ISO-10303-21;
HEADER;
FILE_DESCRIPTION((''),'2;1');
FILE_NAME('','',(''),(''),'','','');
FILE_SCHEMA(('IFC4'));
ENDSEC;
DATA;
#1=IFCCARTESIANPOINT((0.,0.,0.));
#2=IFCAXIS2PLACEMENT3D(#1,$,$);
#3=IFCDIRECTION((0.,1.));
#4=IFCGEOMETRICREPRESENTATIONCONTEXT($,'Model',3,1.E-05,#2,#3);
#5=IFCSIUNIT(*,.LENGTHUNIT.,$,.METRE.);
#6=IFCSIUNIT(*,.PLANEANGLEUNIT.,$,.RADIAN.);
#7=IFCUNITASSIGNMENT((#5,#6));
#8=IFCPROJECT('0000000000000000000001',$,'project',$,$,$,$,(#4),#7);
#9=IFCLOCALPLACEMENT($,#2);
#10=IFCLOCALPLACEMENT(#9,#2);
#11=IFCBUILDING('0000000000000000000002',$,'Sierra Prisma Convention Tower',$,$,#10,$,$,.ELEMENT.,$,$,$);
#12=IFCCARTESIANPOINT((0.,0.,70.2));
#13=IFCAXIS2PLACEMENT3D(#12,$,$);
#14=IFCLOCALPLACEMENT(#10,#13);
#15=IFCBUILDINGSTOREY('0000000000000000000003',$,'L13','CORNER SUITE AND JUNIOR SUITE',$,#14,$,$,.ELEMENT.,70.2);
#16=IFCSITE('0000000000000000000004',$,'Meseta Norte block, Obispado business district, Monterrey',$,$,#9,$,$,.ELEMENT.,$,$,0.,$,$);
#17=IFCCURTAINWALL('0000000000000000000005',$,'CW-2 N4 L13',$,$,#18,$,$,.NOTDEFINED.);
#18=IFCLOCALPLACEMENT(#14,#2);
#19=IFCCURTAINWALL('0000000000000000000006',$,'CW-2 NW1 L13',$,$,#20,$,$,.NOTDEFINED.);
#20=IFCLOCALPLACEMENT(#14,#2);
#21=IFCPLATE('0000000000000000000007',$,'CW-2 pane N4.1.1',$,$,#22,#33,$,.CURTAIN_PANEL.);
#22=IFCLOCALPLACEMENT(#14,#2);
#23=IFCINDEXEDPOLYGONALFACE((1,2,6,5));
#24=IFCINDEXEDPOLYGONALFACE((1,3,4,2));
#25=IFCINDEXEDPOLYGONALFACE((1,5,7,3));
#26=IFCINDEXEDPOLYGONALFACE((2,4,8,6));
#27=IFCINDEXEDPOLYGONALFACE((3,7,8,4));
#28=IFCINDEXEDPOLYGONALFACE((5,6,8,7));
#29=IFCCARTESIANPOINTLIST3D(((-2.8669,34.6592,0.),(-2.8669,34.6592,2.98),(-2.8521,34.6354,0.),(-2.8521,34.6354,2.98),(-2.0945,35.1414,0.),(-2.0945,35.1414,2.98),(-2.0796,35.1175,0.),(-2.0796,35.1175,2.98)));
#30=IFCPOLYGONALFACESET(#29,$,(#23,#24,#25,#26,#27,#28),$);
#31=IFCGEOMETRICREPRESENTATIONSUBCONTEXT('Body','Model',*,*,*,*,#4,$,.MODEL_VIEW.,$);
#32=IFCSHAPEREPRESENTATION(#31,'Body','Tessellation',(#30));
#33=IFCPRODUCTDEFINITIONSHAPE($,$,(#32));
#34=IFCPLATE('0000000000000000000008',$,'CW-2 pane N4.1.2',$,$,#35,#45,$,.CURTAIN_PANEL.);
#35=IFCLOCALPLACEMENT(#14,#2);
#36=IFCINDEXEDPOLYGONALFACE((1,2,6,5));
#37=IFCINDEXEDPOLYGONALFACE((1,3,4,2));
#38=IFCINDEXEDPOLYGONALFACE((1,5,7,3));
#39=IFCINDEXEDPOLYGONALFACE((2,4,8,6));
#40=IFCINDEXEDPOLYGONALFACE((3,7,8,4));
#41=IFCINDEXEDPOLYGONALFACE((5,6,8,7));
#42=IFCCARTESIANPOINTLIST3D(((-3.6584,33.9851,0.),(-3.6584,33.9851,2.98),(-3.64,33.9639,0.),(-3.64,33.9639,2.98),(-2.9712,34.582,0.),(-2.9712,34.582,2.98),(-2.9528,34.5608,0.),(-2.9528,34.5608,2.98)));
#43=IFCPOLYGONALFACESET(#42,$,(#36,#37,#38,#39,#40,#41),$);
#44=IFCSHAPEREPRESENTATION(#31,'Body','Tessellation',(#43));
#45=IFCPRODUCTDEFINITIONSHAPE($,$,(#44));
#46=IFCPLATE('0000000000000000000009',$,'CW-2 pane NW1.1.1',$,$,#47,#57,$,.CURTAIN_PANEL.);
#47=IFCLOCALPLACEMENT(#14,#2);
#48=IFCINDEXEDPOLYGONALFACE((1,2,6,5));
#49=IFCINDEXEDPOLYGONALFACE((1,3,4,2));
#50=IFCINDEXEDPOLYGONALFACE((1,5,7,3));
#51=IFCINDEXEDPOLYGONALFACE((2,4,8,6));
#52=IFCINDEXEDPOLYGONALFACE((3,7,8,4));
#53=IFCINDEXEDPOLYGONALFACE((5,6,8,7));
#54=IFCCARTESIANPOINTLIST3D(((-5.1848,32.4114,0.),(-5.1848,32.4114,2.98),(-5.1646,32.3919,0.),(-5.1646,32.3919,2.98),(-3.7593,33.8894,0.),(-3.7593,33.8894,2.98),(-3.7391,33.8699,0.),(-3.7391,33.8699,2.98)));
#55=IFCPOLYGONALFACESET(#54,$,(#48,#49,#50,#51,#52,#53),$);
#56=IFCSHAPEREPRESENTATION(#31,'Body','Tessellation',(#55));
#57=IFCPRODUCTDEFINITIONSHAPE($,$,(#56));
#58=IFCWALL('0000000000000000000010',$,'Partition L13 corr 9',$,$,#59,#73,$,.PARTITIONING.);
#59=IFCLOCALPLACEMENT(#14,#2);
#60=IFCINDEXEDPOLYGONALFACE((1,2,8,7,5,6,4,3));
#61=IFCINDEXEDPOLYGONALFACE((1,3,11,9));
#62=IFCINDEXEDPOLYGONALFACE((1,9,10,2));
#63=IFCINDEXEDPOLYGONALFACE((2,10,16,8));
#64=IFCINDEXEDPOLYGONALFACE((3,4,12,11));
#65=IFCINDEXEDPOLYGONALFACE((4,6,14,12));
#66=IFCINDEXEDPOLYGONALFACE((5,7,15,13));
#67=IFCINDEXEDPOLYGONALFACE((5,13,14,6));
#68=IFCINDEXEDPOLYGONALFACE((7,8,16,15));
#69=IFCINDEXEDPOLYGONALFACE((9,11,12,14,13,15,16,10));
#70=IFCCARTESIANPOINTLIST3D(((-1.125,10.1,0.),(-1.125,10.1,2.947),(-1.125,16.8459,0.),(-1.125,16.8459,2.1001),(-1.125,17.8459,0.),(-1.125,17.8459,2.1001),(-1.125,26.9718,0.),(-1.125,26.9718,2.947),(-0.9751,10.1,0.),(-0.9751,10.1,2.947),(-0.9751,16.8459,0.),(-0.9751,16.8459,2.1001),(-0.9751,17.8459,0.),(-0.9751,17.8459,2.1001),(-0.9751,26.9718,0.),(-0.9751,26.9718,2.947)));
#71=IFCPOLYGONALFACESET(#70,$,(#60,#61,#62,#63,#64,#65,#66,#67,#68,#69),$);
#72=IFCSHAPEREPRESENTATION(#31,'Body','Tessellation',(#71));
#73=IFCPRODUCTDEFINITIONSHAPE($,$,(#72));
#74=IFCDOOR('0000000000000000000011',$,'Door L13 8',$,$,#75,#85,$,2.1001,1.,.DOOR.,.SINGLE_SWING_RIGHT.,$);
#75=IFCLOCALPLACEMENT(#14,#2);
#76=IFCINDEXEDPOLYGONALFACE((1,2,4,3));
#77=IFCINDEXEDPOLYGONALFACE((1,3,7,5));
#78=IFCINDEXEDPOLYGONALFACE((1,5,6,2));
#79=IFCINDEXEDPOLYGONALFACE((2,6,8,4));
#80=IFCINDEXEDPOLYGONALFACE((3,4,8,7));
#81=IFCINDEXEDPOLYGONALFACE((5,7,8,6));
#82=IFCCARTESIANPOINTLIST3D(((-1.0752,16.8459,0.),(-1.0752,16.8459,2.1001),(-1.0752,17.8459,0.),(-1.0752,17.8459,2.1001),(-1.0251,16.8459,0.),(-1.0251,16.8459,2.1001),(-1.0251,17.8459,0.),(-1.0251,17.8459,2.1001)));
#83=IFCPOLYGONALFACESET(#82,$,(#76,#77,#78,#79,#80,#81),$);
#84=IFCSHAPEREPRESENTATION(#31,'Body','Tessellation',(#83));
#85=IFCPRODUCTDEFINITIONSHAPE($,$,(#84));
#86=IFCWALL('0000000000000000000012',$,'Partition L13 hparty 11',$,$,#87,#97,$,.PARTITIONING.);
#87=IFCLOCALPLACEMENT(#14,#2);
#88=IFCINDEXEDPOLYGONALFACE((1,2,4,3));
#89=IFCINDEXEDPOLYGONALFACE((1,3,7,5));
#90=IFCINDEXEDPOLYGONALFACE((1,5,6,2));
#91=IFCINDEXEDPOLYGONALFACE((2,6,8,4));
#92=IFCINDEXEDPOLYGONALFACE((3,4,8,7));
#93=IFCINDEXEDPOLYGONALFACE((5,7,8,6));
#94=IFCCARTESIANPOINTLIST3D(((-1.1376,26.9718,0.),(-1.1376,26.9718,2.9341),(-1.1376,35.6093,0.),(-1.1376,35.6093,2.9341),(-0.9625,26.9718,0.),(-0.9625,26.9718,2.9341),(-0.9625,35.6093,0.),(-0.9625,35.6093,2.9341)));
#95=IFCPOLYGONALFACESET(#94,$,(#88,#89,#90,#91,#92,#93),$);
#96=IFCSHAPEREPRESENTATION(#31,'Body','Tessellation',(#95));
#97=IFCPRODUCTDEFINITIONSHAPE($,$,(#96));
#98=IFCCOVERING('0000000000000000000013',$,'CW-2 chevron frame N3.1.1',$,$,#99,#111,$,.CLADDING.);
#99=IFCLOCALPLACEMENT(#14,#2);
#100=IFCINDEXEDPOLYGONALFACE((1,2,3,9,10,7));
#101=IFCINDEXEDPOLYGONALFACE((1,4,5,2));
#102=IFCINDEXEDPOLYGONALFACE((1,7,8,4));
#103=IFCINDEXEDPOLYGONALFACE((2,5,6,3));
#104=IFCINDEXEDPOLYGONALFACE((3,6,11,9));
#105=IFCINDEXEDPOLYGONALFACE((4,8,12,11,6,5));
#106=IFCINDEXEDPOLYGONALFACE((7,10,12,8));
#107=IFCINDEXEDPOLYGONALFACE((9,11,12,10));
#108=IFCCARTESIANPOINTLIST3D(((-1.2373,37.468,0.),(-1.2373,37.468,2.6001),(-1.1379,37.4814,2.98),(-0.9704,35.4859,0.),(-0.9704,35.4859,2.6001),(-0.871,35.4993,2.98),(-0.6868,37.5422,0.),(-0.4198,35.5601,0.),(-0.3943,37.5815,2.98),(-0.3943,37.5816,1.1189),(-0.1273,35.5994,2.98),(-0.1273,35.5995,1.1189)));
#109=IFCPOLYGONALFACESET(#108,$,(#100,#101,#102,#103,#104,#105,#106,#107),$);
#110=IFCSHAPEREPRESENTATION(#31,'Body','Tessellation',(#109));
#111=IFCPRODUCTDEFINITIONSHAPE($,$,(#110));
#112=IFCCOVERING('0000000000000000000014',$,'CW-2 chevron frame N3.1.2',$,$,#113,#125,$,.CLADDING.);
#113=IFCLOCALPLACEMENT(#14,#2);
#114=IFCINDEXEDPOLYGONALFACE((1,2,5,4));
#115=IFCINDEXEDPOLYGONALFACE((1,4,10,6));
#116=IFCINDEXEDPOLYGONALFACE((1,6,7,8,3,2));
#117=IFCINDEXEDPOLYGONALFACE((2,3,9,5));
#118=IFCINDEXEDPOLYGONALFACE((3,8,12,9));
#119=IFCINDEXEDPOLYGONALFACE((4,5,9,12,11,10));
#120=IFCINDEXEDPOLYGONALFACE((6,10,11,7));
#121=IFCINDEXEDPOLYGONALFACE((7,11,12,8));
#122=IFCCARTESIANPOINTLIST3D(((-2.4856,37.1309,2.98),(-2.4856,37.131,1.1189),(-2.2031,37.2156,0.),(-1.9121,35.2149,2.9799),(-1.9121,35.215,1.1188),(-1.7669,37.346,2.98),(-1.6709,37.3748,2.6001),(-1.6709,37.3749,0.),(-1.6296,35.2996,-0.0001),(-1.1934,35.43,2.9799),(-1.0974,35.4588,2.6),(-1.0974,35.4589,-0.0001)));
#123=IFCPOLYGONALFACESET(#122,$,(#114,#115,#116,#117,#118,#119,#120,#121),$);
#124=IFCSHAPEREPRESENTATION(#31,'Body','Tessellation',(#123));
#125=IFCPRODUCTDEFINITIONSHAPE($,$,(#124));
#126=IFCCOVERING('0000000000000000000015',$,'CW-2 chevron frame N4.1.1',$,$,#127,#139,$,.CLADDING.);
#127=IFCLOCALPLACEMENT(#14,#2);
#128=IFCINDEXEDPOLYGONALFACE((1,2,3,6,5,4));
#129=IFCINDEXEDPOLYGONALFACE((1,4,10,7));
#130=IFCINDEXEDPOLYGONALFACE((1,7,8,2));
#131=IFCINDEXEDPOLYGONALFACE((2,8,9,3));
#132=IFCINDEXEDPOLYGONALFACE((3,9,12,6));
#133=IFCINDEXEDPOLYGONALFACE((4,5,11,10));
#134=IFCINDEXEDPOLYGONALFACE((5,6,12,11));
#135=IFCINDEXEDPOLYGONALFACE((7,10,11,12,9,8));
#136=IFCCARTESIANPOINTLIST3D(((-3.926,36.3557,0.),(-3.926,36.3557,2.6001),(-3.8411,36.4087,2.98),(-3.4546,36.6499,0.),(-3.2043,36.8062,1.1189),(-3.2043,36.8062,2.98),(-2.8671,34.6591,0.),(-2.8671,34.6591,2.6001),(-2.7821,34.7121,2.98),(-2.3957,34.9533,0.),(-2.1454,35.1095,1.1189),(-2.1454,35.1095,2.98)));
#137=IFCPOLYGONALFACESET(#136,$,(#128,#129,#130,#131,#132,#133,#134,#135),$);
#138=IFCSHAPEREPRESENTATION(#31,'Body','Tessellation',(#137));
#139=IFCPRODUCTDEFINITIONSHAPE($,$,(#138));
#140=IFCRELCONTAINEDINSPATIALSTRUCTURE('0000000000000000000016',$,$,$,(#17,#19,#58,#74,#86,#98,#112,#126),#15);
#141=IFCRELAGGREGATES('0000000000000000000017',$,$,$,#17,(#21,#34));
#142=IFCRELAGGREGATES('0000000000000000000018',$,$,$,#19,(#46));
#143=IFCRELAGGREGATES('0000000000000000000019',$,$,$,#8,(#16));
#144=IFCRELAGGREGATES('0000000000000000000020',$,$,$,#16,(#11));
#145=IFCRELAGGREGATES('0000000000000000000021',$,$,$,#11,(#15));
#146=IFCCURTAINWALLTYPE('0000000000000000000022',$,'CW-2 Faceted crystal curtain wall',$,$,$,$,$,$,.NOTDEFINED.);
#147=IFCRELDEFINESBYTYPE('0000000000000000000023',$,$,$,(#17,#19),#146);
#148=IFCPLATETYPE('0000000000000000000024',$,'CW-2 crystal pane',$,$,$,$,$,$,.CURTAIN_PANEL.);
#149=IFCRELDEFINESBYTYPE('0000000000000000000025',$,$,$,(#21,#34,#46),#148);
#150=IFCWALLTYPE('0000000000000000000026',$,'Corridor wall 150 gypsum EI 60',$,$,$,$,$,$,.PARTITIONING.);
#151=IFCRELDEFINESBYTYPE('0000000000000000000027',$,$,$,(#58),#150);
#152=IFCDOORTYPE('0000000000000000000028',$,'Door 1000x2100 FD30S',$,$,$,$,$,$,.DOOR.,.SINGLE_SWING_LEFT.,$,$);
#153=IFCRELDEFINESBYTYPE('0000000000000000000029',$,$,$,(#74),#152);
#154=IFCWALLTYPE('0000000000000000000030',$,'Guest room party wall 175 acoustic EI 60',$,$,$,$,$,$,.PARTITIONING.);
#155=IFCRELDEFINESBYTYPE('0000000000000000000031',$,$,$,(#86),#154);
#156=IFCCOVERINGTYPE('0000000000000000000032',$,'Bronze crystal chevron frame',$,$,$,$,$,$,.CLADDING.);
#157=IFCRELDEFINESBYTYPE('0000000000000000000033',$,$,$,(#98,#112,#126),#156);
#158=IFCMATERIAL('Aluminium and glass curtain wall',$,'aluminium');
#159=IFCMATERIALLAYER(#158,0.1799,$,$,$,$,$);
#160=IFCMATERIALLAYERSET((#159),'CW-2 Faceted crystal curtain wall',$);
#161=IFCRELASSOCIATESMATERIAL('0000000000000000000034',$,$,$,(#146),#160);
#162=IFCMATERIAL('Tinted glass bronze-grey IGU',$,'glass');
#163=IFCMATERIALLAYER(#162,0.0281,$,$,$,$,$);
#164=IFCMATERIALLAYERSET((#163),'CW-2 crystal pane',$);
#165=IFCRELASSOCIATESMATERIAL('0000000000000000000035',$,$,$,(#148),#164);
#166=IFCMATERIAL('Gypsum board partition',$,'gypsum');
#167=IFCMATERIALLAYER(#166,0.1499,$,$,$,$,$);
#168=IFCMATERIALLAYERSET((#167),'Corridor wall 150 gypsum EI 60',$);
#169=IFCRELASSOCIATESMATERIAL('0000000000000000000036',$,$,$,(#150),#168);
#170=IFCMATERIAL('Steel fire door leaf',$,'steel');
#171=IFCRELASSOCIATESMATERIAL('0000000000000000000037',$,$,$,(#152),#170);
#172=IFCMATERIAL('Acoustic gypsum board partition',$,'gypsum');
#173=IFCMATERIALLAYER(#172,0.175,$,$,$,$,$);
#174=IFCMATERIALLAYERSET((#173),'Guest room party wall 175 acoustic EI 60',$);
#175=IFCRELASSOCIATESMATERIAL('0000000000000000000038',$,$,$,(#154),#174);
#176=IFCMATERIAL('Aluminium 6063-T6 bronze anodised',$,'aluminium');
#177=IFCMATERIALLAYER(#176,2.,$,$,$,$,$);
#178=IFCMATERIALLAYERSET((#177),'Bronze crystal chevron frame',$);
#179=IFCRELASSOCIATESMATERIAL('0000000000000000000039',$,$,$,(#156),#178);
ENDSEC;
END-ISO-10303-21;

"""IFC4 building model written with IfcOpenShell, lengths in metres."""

from ifc_helpers import new_model, si_unit, direction, frame, frame_2d, origin, place, context, subcontext, project, spatial, polyline, rectangle, outline, extrude, material, layer, layer_set, type_object, element, fill, aggregate, save


model = new_model("IFC4")

# Units and contexts
model_context = context("Model", 3, precision=1e-05, world=origin(), true_north=direction((0.0, 1.0)))
body_context = subcontext(model_context, "Body", "Model", "MODEL_VIEW")
ifc_project = project(units=[si_unit("LENGTHUNIT", "METRE"), si_unit("PLANEANGLEUNIT", "RADIAN")], contexts=[model_context])

# Site, building, storey
site_placement = place(None, origin())
site = spatial("IfcSite", under=ifc_project, at=site_placement, Name="Meseta Norte block, Obispado business district, Monterrey", CompositionType="ELEMENT", RefElevation=0.0)
building_placement = place(site_placement, origin())
building = spatial("IfcBuilding", under=site, at=building_placement, Name="Sierra Prisma Convention Tower", CompositionType="ELEMENT")
storey_placement = place(building_placement, frame((0.0, 0.0, 70.2)))
storey = spatial("IfcBuildingStorey", under=building, at=storey_placement, Name="L13", Description="CORNER SUITE AND JUNIOR SUITE", CompositionType="ELEMENT", Elevation=70.2)

# Curtain wall
ifc_material_1 = material(Name="Aluminium and glass curtain wall", Category="aluminium")
ifc_layer_1 = layer(ifc_material_1, 0.1799)
ifc_layer_set_1 = layer_set([ifc_layer_1], Name="CW-2 Faceted crystal curtain wall")
curtain_wall_type = type_object("IfcCurtainWallType", Name="CW-2 Faceted crystal curtain wall", PredefinedType="NOTDEFINED", material=ifc_layer_set_1)
curtain_wall_1_placement = place(storey_placement, origin())
curtain_wall_1 = element("IfcCurtainWall", 1, at=curtain_wall_1_placement, inside=storey, type_object=curtain_wall_type, Name="CW-2 N4 L13", PredefinedType="NOTDEFINED")

# Curtain wall
curtain_wall_2_placement = place(storey_placement, origin())
curtain_wall_2 = element("IfcCurtainWall", 2, at=curtain_wall_2_placement, inside=storey, type_object=curtain_wall_type, Name="CW-2 NW1 L13", PredefinedType="NOTDEFINED")

# Plates
ifc_material_2 = material(Name="Tinted glass bronze-grey IGU", Category="glass")
ifc_layer_2 = layer(ifc_material_2, 0.0281)
ifc_layer_set_2 = layer_set([ifc_layer_2], Name="CW-2 crystal pane")
plate_type = type_object("IfcPlateType", Name="CW-2 crystal pane", PredefinedType="CURTAIN_PANEL", material=ifc_layer_set_2)
plate_1_placement = place(storey_placement, frame((-2.0945, 35.1414, 0.0), z_axis=(-0.529517, 0.848299, 0.0), x_axis=(-0.848299, -0.529517, 0.0)))
plate_1 = element("IfcPlate", 3, at=plate_1_placement, type_object=plate_type, Name="CW-2 pane N4.1.1", PredefinedType="CURTAIN_PANEL", context=body_context, shape_type="SweptSolid", body=[
    extrude(outline(polyline([(0.0, 0.0), (0.9106, 0.0), (0.9106, 2.98), (0.0, 2.98), (0.0, 0.0)])), origin(), (0.0, 0.0, -1.0), 0.0281),
])
plate_2_placement = place(storey_placement, frame((-3.6584, 33.9851, 0.0), z_axis=(-0.655747, 0.754981, 0.0), x_axis=(0.754981, 0.655747, 0.0)))
plate_2 = element("IfcPlate", 4, at=plate_2_placement, type_object=plate_type, Name="CW-2 pane N4.1.2", PredefinedType="CURTAIN_PANEL", context=body_context, shape_type="SweptSolid", body=[
    extrude(outline(polyline([(0.0, 0.0), (0.9103, 0.0), (0.9103, -2.98), (0.0, -2.98), (0.0, 0.0)])), origin(), (0.0, 0.0, -1.0), 0.0281),
])
aggregate(curtain_wall_1, [plate_1, plate_2])
plate_3_placement = place(storey_placement, frame((-3.7593, 33.8894, 0.0), z_axis=(-0.719772, 0.69421, 0.0), x_axis=(-0.69421, -0.719772, 0.0)))
plate_3 = element("IfcPlate", 5, at=plate_3_placement, type_object=plate_type, Name="CW-2 pane NW1.1.1", PredefinedType="CURTAIN_PANEL", context=body_context, shape_type="SweptSolid", body=[
    extrude(outline(polyline([(0.0, 0.0), (2.0535, 0.0), (2.0535, 2.98), (0.0, 2.98), (0.0, 0.0)])), origin(), (0.0, 0.0, -1.0), 0.0281),
])
aggregate(curtain_wall_2, [plate_3])

# Wall, opening, door
ifc_material_3 = material(Name="Gypsum board partition", Category="gypsum")
ifc_layer_3 = layer(ifc_material_3, 0.1499)
ifc_layer_set_3 = layer_set([ifc_layer_3], Name="Corridor wall 150 gypsum EI 60")
wall_type_1 = type_object("IfcWallType", Name="Corridor wall 150 gypsum EI 60", PredefinedType="PARTITIONING", material=ifc_layer_set_3)
wall_1_placement = place(storey_placement, frame((-1.05, 26.9719, 0.0), z_axis=(0.0, 0.0, 1.0), x_axis=(0.0, -1.0, 0.0)))
wall_1 = element("IfcWall", 6, at=wall_1_placement, inside=storey, type_object=wall_type_1, Name="Partition L13 corr 9", PredefinedType="PARTITIONING", context=body_context, shape_type="SweptSolid", body=[
    extrude(rectangle(XDim=16.8718, YDim=0.1499, at=frame_2d((8.436, 0.0))), origin(), (0.0, 0.0, 1.0), 2.947),
])
opening_placement = place(wall_1_placement, frame((9.126, 0.0, 0.0)))
opening = element("IfcOpeningElement", 7, at=opening_placement, cuts=wall_1, PredefinedType="OPENING", context=body_context, shape_type="SweptSolid", body=[
    extrude(rectangle(XDim=1.0, YDim=2.1001, at=frame_2d((0.5, 1.05))), frame((0.0, 0.075, 0.0), z_axis=(0.0, -1.0, 0.0), x_axis=(1.0, 0.0, 0.0)), (0.0, 0.0, 1.0), 0.1499),
])
ifc_material_4 = material(Name="Steel fire door leaf", Category="steel")
door_type = type_object("IfcDoorType", Name="Door 1000x2100 FD30S", OperationType="SINGLE_SWING_LEFT", PredefinedType="DOOR", material=ifc_material_4)
door_placement = place(opening_placement, origin())
door = element("IfcDoor", 8, at=door_placement, inside=storey, type_object=door_type, Name="Door L13 8", OperationType="SINGLE_SWING_RIGHT", OverallHeight=2.1001, OverallWidth=1.0, PredefinedType="DOOR", context=body_context, shape_type="SweptSolid", body=[
    extrude(rectangle(XDim=1.0, YDim=2.1001, at=frame_2d((0.5, 1.05))), frame((0.0, 0.0249, 0.0), z_axis=(0.0, -1.0, 0.0), x_axis=(1.0, 0.0, 0.0)), (0.0, 0.0, 1.0), 0.05),
])
fill(opening, door)

# Wall
ifc_material_5 = material(Name="Acoustic gypsum board partition", Category="gypsum")
ifc_layer_4 = layer(ifc_material_5, 0.175)
ifc_layer_set_4 = layer_set([ifc_layer_4], Name="Guest room party wall 175 acoustic EI 60")
wall_type_2 = type_object("IfcWallType", Name="Guest room party wall 175 acoustic EI 60", PredefinedType="PARTITIONING", material=ifc_layer_set_4)
wall_2_placement = place(storey_placement, frame((-1.05, 35.6094, 0.0), z_axis=(0.0, 0.0, 1.0), x_axis=(0.0, -1.0, 0.0)))
element("IfcWall", 9, at=wall_2_placement, inside=storey, type_object=wall_type_2, Name="Partition L13 hparty 11", PredefinedType="PARTITIONING", context=body_context, shape_type="SweptSolid", body=[
    extrude(rectangle(XDim=8.6375, YDim=0.175, at=frame_2d((4.3188, 0.0))), origin(), (0.0, 0.0, 1.0), 2.9341),
])

# Coverings
ifc_material_6 = material(Name="Aluminium 6063-T6 bronze anodised", Category="aluminium")
ifc_layer_5 = layer(ifc_material_6, 2.0)
ifc_layer_set_5 = layer_set([ifc_layer_5], Name="Bronze crystal chevron frame")
covering_type = type_object("IfcCoveringType", Name="Bronze crystal chevron frame", PredefinedType="CLADDING", material=ifc_layer_set_5)
covering_1_placement = place(storey_placement, frame((-0.3943, 37.5815, 2.98), z_axis=(-0.133476, 0.991052, 0.000006), x_axis=(-0.000001, 0.000006, -1.0)))
element("IfcCovering", 10, at=covering_1_placement, inside=storey, type_object=covering_type, Name="CW-2 chevron frame N3.1.1", PredefinedType="CLADDING", context=body_context, shape_type="SweptSolid", body=[
    extrude(outline(polyline([(0.0, 0.0), (1.8611, 0.0), (2.98, 0.2951), (2.98, 0.8506), (0.3799, 0.8506), (0.0, 0.7504), (0.0, 0.0)])), origin(), (0.0, 0.0, -1.0), 2.0),
])
covering_2_placement = place(storey_placement, frame((-2.2031, 37.2156, 0.0), z_axis=(-0.286755, 0.958004, 0.000041), x_axis=(-0.244146, -0.073121, 0.966978)))
element("IfcCovering", 11, at=covering_2_placement, inside=storey, type_object=covering_type, Name="CW-2 chevron frame N3.1.2", PredefinedType="CLADDING", context=body_context, shape_type="SweptSolid", body=[
    extrude(outline(polyline([(0.0, 0.0), (1.1571, 0.0), (2.9567, 0.4743), (2.7655, 1.1998), (2.3727, 1.1998), (-0.1416, 0.5372), (0.0, 0.0)])), origin(), (0.0, 0.0, -1.0), 2.0),
])
covering_3_placement = place(storey_placement, frame((-3.2043, 36.8062, 2.98), z_axis=(-0.529476, 0.848325, -0.000001), x_axis=(0.000001, -0.000001, -1.0)))
element("IfcCovering", 12, at=covering_3_placement, inside=storey, type_object=covering_type, Name="CW-2 chevron frame N4.1.1", PredefinedType="CLADDING", context=body_context, shape_type="SweptSolid", body=[
    extrude(outline(polyline([(0.0, 0.0), (1.8611, 0.0), (2.98, 0.295), (2.98, 0.8507), (0.3799, 0.8507), (0.0, 0.7506), (0.0, 0.0)])), origin(), (0.0, 0.0, -1.0), 2.0),
])

save(model, "model.ifc")
